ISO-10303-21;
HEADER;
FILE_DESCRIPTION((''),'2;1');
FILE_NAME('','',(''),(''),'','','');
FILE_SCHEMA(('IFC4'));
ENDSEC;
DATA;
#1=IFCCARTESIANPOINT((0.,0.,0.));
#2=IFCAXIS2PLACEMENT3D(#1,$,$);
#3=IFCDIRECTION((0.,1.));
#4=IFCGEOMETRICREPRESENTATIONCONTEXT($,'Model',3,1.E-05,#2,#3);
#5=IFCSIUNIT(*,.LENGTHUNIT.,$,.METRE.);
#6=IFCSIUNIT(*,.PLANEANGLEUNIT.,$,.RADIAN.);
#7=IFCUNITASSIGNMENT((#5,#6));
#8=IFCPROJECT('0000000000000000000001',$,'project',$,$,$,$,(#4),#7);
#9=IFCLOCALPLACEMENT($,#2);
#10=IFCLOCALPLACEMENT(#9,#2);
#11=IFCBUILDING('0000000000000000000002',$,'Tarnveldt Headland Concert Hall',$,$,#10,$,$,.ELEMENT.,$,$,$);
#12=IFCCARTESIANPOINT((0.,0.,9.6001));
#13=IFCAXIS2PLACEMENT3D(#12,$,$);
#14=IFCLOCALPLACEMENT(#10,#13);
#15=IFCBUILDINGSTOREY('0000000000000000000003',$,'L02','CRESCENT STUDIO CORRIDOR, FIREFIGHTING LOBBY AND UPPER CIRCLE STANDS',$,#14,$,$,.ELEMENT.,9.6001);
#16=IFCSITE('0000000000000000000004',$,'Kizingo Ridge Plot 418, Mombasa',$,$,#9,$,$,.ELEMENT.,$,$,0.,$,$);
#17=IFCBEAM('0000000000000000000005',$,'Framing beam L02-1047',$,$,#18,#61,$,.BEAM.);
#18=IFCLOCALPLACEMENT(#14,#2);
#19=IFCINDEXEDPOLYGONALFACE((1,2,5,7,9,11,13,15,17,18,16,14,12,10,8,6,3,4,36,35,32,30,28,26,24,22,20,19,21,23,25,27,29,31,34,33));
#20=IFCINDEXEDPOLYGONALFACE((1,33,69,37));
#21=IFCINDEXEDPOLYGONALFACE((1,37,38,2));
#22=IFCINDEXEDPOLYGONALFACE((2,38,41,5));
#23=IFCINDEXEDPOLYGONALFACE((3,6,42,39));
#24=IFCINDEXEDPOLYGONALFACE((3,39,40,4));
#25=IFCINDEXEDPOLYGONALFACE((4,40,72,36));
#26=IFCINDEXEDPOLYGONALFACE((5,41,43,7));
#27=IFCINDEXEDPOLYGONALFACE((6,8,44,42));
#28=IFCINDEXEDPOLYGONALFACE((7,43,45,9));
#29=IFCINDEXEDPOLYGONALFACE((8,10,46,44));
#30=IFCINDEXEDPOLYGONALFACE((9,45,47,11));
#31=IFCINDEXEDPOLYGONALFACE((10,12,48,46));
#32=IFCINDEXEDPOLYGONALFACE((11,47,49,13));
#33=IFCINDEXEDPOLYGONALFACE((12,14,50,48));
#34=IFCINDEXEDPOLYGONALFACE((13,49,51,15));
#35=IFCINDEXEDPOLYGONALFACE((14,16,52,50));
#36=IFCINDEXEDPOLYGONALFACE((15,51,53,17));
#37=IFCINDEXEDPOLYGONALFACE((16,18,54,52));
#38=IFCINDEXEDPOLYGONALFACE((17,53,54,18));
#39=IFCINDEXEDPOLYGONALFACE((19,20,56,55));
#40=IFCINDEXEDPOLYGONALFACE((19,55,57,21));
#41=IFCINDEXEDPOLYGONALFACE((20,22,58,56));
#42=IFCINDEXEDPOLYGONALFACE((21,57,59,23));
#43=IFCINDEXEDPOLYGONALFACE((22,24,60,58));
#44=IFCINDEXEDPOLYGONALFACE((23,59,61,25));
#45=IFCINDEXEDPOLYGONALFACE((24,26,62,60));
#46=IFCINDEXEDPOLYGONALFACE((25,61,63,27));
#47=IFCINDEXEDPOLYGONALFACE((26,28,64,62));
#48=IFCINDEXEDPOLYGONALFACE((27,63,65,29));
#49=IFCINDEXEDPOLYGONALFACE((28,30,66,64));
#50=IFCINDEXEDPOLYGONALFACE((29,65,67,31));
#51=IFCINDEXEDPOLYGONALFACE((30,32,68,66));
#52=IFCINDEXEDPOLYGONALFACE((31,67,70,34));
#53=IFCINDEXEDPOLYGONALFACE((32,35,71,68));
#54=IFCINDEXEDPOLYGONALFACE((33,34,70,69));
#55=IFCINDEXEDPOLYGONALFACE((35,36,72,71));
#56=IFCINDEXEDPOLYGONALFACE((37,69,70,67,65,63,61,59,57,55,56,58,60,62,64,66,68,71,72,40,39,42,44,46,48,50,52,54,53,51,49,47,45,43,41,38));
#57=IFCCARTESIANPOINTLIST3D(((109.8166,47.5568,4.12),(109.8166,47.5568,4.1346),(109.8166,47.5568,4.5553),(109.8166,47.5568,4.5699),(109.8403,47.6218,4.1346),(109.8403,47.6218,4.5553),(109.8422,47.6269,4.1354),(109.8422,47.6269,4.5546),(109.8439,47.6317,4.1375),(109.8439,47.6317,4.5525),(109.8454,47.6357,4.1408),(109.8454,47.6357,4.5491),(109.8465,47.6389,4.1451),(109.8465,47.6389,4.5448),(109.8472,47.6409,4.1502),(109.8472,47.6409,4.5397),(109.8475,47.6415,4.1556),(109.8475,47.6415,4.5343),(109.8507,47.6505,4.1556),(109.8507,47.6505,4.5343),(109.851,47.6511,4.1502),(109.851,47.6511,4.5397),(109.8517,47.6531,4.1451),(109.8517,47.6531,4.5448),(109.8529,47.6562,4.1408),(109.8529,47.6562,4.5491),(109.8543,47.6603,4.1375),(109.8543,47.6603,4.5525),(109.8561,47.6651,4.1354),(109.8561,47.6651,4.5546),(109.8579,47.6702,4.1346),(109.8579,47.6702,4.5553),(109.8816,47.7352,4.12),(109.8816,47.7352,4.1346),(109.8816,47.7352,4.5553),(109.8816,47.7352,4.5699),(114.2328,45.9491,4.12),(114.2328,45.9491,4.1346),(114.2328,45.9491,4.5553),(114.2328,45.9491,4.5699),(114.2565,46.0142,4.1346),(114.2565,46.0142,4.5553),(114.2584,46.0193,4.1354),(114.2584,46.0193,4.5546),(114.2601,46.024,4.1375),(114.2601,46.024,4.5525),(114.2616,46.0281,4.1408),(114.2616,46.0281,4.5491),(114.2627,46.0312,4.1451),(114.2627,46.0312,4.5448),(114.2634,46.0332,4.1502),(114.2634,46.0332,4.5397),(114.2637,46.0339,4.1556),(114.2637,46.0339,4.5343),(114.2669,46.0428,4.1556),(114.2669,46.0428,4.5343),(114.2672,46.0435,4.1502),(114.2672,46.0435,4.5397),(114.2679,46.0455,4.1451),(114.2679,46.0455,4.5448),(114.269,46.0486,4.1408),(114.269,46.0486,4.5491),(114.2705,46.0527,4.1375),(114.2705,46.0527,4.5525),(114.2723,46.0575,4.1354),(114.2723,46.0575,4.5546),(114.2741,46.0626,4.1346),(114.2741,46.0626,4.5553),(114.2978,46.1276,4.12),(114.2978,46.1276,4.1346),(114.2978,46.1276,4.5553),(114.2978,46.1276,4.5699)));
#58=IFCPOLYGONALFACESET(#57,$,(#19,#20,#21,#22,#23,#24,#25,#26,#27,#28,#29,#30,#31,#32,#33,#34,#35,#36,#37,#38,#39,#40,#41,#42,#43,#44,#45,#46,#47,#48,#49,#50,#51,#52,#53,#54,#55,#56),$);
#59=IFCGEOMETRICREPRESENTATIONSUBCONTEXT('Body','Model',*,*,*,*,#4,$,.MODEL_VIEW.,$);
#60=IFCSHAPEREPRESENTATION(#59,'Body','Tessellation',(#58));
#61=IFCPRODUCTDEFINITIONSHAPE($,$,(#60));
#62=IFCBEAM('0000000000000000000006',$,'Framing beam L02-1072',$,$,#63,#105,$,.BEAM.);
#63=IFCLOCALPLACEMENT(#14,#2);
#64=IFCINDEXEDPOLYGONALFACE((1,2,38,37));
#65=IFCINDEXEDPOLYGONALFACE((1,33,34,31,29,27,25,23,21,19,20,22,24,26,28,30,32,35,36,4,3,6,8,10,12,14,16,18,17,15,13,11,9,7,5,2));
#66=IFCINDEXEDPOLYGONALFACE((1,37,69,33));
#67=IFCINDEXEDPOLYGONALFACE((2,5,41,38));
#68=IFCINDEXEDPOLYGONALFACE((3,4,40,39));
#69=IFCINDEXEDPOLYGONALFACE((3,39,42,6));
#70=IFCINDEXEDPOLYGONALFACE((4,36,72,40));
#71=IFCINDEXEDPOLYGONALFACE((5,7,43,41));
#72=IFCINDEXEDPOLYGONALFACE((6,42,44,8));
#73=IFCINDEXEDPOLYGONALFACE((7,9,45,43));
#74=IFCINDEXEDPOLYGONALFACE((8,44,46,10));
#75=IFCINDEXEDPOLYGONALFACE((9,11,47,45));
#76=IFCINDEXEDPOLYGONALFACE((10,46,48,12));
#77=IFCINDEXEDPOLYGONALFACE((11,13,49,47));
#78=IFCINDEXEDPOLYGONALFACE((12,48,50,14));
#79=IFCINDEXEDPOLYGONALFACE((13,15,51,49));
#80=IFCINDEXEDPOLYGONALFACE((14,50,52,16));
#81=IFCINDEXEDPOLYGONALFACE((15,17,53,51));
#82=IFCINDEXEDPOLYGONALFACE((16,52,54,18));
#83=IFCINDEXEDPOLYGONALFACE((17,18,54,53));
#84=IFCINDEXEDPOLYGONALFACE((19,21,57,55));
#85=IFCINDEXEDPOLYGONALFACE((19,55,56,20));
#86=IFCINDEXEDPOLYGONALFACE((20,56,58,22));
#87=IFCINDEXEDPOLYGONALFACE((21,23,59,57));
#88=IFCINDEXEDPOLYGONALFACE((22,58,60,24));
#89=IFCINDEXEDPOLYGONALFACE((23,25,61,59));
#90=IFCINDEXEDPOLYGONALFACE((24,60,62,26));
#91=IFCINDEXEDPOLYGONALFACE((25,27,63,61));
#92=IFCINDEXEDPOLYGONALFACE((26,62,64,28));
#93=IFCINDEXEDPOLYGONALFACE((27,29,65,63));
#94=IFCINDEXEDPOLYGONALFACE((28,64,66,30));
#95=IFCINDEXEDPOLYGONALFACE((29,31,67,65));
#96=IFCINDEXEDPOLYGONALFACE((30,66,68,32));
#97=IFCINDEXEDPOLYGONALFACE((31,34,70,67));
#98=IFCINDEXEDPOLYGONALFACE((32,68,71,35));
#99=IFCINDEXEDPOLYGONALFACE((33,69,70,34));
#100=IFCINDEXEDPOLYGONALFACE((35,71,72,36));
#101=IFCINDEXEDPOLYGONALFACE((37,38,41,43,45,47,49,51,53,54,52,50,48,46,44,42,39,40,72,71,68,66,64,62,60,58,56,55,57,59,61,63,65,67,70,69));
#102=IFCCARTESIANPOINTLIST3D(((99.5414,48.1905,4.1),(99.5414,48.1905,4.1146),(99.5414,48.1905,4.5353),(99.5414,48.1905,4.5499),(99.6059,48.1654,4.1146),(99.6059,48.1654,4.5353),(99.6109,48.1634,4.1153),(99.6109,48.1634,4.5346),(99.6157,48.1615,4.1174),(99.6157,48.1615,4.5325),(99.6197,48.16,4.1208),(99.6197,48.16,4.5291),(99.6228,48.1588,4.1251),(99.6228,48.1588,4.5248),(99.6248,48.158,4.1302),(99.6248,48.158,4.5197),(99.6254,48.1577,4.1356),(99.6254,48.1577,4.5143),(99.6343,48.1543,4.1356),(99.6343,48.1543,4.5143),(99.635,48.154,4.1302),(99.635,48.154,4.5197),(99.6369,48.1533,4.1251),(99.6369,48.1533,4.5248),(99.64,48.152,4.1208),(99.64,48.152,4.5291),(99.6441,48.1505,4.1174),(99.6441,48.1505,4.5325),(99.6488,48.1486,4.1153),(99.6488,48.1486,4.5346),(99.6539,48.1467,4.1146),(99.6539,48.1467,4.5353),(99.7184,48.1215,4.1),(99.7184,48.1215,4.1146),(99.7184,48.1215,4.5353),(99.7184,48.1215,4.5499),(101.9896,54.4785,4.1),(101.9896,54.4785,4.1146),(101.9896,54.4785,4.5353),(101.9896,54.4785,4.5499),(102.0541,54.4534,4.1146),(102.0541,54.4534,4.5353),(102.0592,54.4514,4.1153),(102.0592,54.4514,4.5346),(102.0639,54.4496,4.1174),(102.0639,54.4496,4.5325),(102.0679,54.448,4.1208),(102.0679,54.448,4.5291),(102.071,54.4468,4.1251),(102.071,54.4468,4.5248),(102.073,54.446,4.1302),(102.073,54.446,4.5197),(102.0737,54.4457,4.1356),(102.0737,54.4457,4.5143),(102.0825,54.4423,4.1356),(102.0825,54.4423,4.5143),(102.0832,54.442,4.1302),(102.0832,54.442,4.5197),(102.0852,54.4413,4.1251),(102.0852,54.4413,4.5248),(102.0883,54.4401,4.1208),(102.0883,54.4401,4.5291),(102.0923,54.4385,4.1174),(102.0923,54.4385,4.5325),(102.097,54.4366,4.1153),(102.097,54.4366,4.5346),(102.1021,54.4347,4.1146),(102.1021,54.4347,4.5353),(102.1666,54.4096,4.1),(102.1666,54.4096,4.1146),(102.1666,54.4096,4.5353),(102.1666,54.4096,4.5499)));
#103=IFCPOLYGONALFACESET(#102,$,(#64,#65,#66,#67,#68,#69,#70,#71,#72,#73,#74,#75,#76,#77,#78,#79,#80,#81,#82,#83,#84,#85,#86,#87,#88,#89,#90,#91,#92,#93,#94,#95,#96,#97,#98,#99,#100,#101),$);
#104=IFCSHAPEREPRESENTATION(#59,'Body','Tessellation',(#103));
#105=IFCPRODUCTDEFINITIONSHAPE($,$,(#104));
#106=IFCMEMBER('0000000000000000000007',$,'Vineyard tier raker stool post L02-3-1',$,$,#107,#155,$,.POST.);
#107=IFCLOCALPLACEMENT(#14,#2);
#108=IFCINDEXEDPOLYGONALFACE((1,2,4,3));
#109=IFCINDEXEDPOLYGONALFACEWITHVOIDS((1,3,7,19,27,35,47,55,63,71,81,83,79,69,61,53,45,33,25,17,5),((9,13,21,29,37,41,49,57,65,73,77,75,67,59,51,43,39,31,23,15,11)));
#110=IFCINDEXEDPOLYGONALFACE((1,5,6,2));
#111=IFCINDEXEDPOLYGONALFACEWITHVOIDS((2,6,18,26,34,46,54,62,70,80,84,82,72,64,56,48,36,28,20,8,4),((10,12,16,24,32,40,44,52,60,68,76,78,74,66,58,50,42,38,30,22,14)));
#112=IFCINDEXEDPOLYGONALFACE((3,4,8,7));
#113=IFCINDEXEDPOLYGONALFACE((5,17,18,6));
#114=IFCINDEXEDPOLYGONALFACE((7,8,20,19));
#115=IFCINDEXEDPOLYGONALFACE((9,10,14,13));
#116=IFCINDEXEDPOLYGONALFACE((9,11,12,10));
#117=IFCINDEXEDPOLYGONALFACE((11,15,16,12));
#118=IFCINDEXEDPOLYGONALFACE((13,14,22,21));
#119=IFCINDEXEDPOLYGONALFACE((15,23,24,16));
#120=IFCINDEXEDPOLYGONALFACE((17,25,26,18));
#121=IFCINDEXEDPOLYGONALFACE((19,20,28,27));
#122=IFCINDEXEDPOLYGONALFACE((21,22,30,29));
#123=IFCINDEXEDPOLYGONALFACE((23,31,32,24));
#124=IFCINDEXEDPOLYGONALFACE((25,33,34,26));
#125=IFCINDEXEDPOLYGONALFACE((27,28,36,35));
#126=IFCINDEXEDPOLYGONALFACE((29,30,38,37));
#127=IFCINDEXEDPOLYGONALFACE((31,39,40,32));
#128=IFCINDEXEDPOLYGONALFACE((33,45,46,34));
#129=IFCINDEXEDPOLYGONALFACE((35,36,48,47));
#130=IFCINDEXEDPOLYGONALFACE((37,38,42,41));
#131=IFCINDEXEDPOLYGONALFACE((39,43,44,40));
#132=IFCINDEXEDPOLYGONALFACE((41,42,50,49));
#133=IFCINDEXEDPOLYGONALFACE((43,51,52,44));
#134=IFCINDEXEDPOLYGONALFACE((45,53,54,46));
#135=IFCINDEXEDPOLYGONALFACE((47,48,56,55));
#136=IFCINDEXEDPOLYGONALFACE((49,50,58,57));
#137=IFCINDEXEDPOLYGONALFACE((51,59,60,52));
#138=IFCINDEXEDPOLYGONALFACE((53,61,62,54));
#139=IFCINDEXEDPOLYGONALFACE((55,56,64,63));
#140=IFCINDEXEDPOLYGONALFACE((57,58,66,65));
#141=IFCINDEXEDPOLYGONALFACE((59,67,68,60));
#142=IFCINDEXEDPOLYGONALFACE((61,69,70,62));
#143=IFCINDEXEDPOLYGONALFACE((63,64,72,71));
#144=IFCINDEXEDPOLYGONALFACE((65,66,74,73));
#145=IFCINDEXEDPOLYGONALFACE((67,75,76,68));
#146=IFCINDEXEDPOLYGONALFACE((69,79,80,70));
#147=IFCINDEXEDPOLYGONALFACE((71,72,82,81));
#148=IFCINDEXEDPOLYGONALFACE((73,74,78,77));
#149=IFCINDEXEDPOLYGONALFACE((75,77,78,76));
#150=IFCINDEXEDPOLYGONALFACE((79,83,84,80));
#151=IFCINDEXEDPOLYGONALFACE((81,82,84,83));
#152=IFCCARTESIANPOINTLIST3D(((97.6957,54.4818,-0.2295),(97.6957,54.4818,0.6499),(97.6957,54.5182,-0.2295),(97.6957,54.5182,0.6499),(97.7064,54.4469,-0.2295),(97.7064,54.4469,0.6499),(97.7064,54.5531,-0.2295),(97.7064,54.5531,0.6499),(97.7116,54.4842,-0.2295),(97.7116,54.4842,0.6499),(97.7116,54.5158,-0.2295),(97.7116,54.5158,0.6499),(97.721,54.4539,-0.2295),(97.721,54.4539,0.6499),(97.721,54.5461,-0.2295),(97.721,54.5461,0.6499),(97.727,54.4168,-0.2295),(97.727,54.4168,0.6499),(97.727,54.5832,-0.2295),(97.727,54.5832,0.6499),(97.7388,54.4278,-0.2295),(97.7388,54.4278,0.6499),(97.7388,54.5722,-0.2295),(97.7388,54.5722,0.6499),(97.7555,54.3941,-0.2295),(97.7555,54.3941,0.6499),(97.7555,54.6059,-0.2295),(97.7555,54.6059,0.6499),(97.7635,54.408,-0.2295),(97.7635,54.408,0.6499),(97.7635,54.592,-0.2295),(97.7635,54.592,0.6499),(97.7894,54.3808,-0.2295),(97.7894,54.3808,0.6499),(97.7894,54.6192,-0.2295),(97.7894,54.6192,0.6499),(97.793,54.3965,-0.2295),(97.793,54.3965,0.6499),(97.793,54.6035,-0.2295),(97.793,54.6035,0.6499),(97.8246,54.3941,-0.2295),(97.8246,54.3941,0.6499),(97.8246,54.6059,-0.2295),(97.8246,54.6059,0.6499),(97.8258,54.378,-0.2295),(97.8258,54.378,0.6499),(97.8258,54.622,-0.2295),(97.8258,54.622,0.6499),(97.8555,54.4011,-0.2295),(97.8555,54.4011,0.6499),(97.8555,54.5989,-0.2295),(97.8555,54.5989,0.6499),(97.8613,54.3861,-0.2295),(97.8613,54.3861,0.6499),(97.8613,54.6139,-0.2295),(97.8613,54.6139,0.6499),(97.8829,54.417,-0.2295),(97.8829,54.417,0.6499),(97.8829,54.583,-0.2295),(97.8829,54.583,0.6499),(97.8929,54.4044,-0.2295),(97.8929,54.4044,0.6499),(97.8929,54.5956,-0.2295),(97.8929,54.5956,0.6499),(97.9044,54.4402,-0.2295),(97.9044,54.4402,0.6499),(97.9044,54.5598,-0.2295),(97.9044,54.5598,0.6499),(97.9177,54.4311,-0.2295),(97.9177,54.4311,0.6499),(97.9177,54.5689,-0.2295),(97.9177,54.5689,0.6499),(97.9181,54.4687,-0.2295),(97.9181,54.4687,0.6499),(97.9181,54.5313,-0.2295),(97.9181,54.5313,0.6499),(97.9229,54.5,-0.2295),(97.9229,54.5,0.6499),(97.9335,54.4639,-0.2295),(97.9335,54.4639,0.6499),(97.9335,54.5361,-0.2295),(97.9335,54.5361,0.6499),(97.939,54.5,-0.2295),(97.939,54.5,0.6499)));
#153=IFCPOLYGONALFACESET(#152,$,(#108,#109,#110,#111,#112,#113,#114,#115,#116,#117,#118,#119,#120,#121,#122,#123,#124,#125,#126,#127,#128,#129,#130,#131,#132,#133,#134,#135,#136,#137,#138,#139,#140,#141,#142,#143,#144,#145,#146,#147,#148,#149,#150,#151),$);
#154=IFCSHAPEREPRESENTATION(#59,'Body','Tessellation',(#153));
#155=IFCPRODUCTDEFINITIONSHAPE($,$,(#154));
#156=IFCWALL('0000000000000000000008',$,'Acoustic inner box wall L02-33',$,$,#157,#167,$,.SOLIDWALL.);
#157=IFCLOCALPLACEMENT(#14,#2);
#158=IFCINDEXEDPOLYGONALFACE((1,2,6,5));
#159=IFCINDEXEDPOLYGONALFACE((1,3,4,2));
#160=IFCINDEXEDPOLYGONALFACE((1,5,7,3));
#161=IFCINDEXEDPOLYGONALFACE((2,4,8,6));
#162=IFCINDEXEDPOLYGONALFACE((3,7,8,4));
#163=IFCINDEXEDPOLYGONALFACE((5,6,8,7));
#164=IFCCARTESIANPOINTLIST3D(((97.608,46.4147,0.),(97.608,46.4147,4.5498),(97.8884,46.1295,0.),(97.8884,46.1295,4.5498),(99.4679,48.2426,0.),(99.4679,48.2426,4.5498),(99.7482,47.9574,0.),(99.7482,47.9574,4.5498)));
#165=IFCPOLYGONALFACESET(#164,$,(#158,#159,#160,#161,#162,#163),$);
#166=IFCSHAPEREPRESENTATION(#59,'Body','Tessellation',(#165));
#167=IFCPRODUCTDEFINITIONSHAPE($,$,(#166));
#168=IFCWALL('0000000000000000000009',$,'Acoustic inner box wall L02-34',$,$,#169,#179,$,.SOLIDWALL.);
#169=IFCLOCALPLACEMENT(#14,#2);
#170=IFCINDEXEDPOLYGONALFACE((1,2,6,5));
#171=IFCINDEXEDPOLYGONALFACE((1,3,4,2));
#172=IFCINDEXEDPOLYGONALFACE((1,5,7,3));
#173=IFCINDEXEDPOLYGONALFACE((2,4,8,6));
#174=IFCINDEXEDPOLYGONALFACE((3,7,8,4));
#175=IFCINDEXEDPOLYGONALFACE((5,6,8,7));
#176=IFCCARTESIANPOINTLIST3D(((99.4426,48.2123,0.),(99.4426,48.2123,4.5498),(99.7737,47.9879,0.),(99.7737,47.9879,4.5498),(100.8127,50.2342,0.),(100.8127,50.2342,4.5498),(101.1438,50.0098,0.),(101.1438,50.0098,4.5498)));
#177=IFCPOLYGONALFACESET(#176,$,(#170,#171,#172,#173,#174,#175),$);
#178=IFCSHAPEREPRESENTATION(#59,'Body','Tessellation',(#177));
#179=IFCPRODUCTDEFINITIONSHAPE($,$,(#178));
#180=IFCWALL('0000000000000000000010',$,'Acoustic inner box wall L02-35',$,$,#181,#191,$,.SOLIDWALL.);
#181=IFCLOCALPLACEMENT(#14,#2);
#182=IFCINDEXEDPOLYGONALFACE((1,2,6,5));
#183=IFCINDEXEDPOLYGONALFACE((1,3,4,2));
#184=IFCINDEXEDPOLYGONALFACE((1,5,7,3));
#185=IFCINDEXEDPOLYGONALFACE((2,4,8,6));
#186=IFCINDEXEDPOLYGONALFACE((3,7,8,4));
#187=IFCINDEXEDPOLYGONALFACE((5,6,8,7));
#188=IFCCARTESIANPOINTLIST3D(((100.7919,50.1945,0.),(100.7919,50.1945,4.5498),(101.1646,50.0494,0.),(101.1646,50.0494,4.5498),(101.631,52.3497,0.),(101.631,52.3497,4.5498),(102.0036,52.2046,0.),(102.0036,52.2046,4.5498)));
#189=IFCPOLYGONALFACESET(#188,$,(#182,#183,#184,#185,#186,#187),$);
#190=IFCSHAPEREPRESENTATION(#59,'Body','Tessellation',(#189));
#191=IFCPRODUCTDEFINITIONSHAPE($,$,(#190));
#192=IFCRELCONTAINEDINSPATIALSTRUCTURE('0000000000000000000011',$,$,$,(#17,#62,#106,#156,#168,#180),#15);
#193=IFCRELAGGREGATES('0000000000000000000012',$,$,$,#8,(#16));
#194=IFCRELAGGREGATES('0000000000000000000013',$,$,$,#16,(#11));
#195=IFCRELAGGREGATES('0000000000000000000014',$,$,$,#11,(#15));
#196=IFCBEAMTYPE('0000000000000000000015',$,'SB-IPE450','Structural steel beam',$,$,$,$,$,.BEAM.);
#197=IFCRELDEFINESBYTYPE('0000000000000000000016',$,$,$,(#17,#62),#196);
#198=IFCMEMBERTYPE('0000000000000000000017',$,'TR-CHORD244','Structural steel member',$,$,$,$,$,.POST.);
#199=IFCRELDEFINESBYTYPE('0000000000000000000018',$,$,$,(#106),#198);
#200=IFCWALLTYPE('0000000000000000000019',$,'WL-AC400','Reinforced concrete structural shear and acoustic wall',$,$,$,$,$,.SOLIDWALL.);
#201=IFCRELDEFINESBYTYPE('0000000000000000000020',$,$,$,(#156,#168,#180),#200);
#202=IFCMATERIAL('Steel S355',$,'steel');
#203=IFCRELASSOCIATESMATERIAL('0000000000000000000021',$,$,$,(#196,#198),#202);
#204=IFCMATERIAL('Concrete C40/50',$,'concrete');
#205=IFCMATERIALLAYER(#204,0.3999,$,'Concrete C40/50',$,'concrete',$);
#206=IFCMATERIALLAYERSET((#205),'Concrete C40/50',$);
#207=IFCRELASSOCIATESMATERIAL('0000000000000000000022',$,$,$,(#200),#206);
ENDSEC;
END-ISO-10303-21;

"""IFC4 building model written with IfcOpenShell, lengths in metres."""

from ifc_helpers import new_model, si_unit, direction, frame, frame_2d, origin, origin_2d, place, context, subcontext, project, spatial, rectangle, hollow_circle, i_section, extrude, material, layer, layer_set, material_profile, profile_set, type_object, element, save


model = new_model("IFC4")

# Units and contexts
model_context = context("Model", 3, precision=1e-05, world=origin(), true_north=direction((0.0, 1.0)))
body_context = subcontext(model_context, "Body", "Model", "MODEL_VIEW")
ifc_project = project(units=[si_unit("LENGTHUNIT", "METRE"), si_unit("PLANEANGLEUNIT", "RADIAN")], contexts=[model_context])

# Site, building, storey
site_placement = place(None, origin())
site = spatial("IfcSite", under=ifc_project, at=site_placement, Name="Kizingo Ridge Plot 418, Mombasa", CompositionType="ELEMENT", RefElevation=0.0)
building_placement = place(site_placement, origin())
building = spatial("IfcBuilding", under=site, at=building_placement, Name="Tarnveldt Headland Concert Hall", CompositionType="ELEMENT")
storey_placement = place(building_placement, frame((0.0, 0.0, 9.6001)))
storey = spatial("IfcBuildingStorey", under=building, at=storey_placement, Name="L02", Description="CRESCENT STUDIO CORRIDOR, FIREFIGHTING LOBBY AND UPPER CIRCLE STANDS", CompositionType="ELEMENT", Elevation=9.6001)

# Shared definitions
ifc_material_1 = material(Name="Concrete C40/50", Category="concrete")

# Beams
ifc_material_2 = material(Name="Steel S355", Category="steel")
ifc_material_profile_1 = material_profile(ifc_material_2, i_section(OverallWidth=0.1899, OverallDepth=0.45, WebThickness=0.0095, FlangeThickness=0.0146, FilletRadius=0.021, at=origin_2d()), Name="IPE450", Category="steel")
ifc_profile_set_1 = profile_set([ifc_material_profile_1], Name="Steel S355")
beam_type_1 = type_object("IfcBeamType", Name="SB-IPE450", Description="Structural steel beam", PredefinedType="BEAM", material=ifc_profile_set_1)
beam_1_placement = place(storey_placement, frame((109.8491, 47.646, 4.345), z_axis=(0.939674, -0.342073, 0.0), x_axis=(0.342073, 0.939674, 0.0)))
element("IfcBeam", 1, at=beam_1_placement, inside=storey, type_object=beam_type_1, Name="Framing beam L02-1047", PredefinedType="BEAM", context=body_context, shape_type="SweptSolid", body=[
    extrude(i_section(OverallWidth=0.1899, OverallDepth=0.45, WebThickness=0.0095, FlangeThickness=0.0146, FilletRadius=0.021, at=origin_2d()), origin(), (0.0, 0.0, 1.0), 4.6997),
])
beam_2_placement = place(storey_placement, frame((99.6299, 48.156, 4.325), z_axis=(0.362816, 0.931861, 0.0), x_axis=(-0.931861, 0.362816, 0.0)))
element("IfcBeam", 2, at=beam_2_placement, inside=storey, type_object=beam_type_1, Name="Framing beam L02-1072", PredefinedType="BEAM", context=body_context, shape_type="SweptSolid", body=[
    extrude(i_section(OverallWidth=0.1899, OverallDepth=0.45, WebThickness=0.0095, FlangeThickness=0.0146, FilletRadius=0.021, at=origin_2d()), origin(), (0.0, 0.0, 1.0), 6.7478),
])

# Member
ifc_material_profile_2 = material_profile(ifc_material_2, hollow_circle(Radius=0.1223, WallThickness=0.0161, at=origin_2d()), Name="CHS 244.5x16", Category="steel")
ifc_profile_set_2 = profile_set([ifc_material_profile_2], Name="Steel S355")
member_type = type_object("IfcMemberType", Name="TR-CHORD244", Description="Structural steel member", PredefinedType="POST", material=ifc_profile_set_2)
member_placement = place(storey_placement, frame((97.8167, 54.5, -0.2295), z_axis=(0.0, 0.0, 1.0), x_axis=(1.0, 0.0, 0.0)))
element("IfcMember", 3, at=member_placement, inside=storey, type_object=member_type, Name="Vineyard tier raker stool post L02-3-1", PredefinedType="POST", context=body_context, shape_type="SweptSolid", body=[
    extrude(hollow_circle(Radius=0.1223, WallThickness=0.0161, at=origin_2d()), origin(), (0.0, 0.0, 1.0), 0.8794),
])

# Walls
ifc_layer_1 = layer(ifc_material_1, 0.3999, Name="Concrete C40/50", Category="concrete")
ifc_layer_set_1 = layer_set([ifc_layer_1], Name="Concrete C40/50")
wall_type_1 = type_object("IfcWallType", Name="WL-AC400", Description="Reinforced concrete structural shear and acoustic wall", PredefinedType="SOLIDWALL", material=ifc_layer_set_1)
wall_1_placement = place(storey_placement, frame((97.7483, 46.2722, 0.0), z_axis=(0.0, 0.0, 1.0), x_axis=(0.713212, 0.700948, 0.0)))
element("IfcWall", 4, at=wall_1_placement, inside=storey, type_object=wall_type_1, Name="Acoustic inner box wall L02-33", PredefinedType="SOLIDWALL", context=body_context, shape_type="SweptSolid", body=[
    extrude(rectangle(XDim=2.6077, YDim=0.3999, at=frame_2d((1.3037, 0.0))), origin(), (0.0, 0.0, 1.0), 4.5498),
])
wall_2_placement = place(storey_placement, frame((99.6082, 48.1001, 0.0), z_axis=(0.0, 0.0, 1.0), x_axis=(0.560959, 0.827844, 0.0)))
element("IfcWall", 5, at=wall_2_placement, inside=storey, type_object=wall_type_1, Name="Acoustic inner box wall L02-34", PredefinedType="SOLIDWALL", context=body_context, shape_type="SweptSolid", body=[
    extrude(rectangle(XDim=2.4424, YDim=0.3999, at=frame_2d((1.2212, 0.0))), origin(), (0.0, 0.0, 1.0), 4.5498),
])
wall_3_placement = place(storey_placement, frame((100.9783, 50.1221, 0.0), z_axis=(0.0, 0.0, 1.0), x_axis=(0.362803, 0.931866, 0.0)))
element("IfcWall", 6, at=wall_3_placement, inside=storey, type_object=wall_type_1, Name="Acoustic inner box wall L02-35", PredefinedType="SOLIDWALL", context=body_context, shape_type="SweptSolid", body=[
    extrude(rectangle(XDim=2.3127, YDim=0.3999, at=frame_2d((1.1562, 0.0))), origin(), (0.0, 0.0, 1.0), 4.5498),
])

save(model, "model.ifc")
